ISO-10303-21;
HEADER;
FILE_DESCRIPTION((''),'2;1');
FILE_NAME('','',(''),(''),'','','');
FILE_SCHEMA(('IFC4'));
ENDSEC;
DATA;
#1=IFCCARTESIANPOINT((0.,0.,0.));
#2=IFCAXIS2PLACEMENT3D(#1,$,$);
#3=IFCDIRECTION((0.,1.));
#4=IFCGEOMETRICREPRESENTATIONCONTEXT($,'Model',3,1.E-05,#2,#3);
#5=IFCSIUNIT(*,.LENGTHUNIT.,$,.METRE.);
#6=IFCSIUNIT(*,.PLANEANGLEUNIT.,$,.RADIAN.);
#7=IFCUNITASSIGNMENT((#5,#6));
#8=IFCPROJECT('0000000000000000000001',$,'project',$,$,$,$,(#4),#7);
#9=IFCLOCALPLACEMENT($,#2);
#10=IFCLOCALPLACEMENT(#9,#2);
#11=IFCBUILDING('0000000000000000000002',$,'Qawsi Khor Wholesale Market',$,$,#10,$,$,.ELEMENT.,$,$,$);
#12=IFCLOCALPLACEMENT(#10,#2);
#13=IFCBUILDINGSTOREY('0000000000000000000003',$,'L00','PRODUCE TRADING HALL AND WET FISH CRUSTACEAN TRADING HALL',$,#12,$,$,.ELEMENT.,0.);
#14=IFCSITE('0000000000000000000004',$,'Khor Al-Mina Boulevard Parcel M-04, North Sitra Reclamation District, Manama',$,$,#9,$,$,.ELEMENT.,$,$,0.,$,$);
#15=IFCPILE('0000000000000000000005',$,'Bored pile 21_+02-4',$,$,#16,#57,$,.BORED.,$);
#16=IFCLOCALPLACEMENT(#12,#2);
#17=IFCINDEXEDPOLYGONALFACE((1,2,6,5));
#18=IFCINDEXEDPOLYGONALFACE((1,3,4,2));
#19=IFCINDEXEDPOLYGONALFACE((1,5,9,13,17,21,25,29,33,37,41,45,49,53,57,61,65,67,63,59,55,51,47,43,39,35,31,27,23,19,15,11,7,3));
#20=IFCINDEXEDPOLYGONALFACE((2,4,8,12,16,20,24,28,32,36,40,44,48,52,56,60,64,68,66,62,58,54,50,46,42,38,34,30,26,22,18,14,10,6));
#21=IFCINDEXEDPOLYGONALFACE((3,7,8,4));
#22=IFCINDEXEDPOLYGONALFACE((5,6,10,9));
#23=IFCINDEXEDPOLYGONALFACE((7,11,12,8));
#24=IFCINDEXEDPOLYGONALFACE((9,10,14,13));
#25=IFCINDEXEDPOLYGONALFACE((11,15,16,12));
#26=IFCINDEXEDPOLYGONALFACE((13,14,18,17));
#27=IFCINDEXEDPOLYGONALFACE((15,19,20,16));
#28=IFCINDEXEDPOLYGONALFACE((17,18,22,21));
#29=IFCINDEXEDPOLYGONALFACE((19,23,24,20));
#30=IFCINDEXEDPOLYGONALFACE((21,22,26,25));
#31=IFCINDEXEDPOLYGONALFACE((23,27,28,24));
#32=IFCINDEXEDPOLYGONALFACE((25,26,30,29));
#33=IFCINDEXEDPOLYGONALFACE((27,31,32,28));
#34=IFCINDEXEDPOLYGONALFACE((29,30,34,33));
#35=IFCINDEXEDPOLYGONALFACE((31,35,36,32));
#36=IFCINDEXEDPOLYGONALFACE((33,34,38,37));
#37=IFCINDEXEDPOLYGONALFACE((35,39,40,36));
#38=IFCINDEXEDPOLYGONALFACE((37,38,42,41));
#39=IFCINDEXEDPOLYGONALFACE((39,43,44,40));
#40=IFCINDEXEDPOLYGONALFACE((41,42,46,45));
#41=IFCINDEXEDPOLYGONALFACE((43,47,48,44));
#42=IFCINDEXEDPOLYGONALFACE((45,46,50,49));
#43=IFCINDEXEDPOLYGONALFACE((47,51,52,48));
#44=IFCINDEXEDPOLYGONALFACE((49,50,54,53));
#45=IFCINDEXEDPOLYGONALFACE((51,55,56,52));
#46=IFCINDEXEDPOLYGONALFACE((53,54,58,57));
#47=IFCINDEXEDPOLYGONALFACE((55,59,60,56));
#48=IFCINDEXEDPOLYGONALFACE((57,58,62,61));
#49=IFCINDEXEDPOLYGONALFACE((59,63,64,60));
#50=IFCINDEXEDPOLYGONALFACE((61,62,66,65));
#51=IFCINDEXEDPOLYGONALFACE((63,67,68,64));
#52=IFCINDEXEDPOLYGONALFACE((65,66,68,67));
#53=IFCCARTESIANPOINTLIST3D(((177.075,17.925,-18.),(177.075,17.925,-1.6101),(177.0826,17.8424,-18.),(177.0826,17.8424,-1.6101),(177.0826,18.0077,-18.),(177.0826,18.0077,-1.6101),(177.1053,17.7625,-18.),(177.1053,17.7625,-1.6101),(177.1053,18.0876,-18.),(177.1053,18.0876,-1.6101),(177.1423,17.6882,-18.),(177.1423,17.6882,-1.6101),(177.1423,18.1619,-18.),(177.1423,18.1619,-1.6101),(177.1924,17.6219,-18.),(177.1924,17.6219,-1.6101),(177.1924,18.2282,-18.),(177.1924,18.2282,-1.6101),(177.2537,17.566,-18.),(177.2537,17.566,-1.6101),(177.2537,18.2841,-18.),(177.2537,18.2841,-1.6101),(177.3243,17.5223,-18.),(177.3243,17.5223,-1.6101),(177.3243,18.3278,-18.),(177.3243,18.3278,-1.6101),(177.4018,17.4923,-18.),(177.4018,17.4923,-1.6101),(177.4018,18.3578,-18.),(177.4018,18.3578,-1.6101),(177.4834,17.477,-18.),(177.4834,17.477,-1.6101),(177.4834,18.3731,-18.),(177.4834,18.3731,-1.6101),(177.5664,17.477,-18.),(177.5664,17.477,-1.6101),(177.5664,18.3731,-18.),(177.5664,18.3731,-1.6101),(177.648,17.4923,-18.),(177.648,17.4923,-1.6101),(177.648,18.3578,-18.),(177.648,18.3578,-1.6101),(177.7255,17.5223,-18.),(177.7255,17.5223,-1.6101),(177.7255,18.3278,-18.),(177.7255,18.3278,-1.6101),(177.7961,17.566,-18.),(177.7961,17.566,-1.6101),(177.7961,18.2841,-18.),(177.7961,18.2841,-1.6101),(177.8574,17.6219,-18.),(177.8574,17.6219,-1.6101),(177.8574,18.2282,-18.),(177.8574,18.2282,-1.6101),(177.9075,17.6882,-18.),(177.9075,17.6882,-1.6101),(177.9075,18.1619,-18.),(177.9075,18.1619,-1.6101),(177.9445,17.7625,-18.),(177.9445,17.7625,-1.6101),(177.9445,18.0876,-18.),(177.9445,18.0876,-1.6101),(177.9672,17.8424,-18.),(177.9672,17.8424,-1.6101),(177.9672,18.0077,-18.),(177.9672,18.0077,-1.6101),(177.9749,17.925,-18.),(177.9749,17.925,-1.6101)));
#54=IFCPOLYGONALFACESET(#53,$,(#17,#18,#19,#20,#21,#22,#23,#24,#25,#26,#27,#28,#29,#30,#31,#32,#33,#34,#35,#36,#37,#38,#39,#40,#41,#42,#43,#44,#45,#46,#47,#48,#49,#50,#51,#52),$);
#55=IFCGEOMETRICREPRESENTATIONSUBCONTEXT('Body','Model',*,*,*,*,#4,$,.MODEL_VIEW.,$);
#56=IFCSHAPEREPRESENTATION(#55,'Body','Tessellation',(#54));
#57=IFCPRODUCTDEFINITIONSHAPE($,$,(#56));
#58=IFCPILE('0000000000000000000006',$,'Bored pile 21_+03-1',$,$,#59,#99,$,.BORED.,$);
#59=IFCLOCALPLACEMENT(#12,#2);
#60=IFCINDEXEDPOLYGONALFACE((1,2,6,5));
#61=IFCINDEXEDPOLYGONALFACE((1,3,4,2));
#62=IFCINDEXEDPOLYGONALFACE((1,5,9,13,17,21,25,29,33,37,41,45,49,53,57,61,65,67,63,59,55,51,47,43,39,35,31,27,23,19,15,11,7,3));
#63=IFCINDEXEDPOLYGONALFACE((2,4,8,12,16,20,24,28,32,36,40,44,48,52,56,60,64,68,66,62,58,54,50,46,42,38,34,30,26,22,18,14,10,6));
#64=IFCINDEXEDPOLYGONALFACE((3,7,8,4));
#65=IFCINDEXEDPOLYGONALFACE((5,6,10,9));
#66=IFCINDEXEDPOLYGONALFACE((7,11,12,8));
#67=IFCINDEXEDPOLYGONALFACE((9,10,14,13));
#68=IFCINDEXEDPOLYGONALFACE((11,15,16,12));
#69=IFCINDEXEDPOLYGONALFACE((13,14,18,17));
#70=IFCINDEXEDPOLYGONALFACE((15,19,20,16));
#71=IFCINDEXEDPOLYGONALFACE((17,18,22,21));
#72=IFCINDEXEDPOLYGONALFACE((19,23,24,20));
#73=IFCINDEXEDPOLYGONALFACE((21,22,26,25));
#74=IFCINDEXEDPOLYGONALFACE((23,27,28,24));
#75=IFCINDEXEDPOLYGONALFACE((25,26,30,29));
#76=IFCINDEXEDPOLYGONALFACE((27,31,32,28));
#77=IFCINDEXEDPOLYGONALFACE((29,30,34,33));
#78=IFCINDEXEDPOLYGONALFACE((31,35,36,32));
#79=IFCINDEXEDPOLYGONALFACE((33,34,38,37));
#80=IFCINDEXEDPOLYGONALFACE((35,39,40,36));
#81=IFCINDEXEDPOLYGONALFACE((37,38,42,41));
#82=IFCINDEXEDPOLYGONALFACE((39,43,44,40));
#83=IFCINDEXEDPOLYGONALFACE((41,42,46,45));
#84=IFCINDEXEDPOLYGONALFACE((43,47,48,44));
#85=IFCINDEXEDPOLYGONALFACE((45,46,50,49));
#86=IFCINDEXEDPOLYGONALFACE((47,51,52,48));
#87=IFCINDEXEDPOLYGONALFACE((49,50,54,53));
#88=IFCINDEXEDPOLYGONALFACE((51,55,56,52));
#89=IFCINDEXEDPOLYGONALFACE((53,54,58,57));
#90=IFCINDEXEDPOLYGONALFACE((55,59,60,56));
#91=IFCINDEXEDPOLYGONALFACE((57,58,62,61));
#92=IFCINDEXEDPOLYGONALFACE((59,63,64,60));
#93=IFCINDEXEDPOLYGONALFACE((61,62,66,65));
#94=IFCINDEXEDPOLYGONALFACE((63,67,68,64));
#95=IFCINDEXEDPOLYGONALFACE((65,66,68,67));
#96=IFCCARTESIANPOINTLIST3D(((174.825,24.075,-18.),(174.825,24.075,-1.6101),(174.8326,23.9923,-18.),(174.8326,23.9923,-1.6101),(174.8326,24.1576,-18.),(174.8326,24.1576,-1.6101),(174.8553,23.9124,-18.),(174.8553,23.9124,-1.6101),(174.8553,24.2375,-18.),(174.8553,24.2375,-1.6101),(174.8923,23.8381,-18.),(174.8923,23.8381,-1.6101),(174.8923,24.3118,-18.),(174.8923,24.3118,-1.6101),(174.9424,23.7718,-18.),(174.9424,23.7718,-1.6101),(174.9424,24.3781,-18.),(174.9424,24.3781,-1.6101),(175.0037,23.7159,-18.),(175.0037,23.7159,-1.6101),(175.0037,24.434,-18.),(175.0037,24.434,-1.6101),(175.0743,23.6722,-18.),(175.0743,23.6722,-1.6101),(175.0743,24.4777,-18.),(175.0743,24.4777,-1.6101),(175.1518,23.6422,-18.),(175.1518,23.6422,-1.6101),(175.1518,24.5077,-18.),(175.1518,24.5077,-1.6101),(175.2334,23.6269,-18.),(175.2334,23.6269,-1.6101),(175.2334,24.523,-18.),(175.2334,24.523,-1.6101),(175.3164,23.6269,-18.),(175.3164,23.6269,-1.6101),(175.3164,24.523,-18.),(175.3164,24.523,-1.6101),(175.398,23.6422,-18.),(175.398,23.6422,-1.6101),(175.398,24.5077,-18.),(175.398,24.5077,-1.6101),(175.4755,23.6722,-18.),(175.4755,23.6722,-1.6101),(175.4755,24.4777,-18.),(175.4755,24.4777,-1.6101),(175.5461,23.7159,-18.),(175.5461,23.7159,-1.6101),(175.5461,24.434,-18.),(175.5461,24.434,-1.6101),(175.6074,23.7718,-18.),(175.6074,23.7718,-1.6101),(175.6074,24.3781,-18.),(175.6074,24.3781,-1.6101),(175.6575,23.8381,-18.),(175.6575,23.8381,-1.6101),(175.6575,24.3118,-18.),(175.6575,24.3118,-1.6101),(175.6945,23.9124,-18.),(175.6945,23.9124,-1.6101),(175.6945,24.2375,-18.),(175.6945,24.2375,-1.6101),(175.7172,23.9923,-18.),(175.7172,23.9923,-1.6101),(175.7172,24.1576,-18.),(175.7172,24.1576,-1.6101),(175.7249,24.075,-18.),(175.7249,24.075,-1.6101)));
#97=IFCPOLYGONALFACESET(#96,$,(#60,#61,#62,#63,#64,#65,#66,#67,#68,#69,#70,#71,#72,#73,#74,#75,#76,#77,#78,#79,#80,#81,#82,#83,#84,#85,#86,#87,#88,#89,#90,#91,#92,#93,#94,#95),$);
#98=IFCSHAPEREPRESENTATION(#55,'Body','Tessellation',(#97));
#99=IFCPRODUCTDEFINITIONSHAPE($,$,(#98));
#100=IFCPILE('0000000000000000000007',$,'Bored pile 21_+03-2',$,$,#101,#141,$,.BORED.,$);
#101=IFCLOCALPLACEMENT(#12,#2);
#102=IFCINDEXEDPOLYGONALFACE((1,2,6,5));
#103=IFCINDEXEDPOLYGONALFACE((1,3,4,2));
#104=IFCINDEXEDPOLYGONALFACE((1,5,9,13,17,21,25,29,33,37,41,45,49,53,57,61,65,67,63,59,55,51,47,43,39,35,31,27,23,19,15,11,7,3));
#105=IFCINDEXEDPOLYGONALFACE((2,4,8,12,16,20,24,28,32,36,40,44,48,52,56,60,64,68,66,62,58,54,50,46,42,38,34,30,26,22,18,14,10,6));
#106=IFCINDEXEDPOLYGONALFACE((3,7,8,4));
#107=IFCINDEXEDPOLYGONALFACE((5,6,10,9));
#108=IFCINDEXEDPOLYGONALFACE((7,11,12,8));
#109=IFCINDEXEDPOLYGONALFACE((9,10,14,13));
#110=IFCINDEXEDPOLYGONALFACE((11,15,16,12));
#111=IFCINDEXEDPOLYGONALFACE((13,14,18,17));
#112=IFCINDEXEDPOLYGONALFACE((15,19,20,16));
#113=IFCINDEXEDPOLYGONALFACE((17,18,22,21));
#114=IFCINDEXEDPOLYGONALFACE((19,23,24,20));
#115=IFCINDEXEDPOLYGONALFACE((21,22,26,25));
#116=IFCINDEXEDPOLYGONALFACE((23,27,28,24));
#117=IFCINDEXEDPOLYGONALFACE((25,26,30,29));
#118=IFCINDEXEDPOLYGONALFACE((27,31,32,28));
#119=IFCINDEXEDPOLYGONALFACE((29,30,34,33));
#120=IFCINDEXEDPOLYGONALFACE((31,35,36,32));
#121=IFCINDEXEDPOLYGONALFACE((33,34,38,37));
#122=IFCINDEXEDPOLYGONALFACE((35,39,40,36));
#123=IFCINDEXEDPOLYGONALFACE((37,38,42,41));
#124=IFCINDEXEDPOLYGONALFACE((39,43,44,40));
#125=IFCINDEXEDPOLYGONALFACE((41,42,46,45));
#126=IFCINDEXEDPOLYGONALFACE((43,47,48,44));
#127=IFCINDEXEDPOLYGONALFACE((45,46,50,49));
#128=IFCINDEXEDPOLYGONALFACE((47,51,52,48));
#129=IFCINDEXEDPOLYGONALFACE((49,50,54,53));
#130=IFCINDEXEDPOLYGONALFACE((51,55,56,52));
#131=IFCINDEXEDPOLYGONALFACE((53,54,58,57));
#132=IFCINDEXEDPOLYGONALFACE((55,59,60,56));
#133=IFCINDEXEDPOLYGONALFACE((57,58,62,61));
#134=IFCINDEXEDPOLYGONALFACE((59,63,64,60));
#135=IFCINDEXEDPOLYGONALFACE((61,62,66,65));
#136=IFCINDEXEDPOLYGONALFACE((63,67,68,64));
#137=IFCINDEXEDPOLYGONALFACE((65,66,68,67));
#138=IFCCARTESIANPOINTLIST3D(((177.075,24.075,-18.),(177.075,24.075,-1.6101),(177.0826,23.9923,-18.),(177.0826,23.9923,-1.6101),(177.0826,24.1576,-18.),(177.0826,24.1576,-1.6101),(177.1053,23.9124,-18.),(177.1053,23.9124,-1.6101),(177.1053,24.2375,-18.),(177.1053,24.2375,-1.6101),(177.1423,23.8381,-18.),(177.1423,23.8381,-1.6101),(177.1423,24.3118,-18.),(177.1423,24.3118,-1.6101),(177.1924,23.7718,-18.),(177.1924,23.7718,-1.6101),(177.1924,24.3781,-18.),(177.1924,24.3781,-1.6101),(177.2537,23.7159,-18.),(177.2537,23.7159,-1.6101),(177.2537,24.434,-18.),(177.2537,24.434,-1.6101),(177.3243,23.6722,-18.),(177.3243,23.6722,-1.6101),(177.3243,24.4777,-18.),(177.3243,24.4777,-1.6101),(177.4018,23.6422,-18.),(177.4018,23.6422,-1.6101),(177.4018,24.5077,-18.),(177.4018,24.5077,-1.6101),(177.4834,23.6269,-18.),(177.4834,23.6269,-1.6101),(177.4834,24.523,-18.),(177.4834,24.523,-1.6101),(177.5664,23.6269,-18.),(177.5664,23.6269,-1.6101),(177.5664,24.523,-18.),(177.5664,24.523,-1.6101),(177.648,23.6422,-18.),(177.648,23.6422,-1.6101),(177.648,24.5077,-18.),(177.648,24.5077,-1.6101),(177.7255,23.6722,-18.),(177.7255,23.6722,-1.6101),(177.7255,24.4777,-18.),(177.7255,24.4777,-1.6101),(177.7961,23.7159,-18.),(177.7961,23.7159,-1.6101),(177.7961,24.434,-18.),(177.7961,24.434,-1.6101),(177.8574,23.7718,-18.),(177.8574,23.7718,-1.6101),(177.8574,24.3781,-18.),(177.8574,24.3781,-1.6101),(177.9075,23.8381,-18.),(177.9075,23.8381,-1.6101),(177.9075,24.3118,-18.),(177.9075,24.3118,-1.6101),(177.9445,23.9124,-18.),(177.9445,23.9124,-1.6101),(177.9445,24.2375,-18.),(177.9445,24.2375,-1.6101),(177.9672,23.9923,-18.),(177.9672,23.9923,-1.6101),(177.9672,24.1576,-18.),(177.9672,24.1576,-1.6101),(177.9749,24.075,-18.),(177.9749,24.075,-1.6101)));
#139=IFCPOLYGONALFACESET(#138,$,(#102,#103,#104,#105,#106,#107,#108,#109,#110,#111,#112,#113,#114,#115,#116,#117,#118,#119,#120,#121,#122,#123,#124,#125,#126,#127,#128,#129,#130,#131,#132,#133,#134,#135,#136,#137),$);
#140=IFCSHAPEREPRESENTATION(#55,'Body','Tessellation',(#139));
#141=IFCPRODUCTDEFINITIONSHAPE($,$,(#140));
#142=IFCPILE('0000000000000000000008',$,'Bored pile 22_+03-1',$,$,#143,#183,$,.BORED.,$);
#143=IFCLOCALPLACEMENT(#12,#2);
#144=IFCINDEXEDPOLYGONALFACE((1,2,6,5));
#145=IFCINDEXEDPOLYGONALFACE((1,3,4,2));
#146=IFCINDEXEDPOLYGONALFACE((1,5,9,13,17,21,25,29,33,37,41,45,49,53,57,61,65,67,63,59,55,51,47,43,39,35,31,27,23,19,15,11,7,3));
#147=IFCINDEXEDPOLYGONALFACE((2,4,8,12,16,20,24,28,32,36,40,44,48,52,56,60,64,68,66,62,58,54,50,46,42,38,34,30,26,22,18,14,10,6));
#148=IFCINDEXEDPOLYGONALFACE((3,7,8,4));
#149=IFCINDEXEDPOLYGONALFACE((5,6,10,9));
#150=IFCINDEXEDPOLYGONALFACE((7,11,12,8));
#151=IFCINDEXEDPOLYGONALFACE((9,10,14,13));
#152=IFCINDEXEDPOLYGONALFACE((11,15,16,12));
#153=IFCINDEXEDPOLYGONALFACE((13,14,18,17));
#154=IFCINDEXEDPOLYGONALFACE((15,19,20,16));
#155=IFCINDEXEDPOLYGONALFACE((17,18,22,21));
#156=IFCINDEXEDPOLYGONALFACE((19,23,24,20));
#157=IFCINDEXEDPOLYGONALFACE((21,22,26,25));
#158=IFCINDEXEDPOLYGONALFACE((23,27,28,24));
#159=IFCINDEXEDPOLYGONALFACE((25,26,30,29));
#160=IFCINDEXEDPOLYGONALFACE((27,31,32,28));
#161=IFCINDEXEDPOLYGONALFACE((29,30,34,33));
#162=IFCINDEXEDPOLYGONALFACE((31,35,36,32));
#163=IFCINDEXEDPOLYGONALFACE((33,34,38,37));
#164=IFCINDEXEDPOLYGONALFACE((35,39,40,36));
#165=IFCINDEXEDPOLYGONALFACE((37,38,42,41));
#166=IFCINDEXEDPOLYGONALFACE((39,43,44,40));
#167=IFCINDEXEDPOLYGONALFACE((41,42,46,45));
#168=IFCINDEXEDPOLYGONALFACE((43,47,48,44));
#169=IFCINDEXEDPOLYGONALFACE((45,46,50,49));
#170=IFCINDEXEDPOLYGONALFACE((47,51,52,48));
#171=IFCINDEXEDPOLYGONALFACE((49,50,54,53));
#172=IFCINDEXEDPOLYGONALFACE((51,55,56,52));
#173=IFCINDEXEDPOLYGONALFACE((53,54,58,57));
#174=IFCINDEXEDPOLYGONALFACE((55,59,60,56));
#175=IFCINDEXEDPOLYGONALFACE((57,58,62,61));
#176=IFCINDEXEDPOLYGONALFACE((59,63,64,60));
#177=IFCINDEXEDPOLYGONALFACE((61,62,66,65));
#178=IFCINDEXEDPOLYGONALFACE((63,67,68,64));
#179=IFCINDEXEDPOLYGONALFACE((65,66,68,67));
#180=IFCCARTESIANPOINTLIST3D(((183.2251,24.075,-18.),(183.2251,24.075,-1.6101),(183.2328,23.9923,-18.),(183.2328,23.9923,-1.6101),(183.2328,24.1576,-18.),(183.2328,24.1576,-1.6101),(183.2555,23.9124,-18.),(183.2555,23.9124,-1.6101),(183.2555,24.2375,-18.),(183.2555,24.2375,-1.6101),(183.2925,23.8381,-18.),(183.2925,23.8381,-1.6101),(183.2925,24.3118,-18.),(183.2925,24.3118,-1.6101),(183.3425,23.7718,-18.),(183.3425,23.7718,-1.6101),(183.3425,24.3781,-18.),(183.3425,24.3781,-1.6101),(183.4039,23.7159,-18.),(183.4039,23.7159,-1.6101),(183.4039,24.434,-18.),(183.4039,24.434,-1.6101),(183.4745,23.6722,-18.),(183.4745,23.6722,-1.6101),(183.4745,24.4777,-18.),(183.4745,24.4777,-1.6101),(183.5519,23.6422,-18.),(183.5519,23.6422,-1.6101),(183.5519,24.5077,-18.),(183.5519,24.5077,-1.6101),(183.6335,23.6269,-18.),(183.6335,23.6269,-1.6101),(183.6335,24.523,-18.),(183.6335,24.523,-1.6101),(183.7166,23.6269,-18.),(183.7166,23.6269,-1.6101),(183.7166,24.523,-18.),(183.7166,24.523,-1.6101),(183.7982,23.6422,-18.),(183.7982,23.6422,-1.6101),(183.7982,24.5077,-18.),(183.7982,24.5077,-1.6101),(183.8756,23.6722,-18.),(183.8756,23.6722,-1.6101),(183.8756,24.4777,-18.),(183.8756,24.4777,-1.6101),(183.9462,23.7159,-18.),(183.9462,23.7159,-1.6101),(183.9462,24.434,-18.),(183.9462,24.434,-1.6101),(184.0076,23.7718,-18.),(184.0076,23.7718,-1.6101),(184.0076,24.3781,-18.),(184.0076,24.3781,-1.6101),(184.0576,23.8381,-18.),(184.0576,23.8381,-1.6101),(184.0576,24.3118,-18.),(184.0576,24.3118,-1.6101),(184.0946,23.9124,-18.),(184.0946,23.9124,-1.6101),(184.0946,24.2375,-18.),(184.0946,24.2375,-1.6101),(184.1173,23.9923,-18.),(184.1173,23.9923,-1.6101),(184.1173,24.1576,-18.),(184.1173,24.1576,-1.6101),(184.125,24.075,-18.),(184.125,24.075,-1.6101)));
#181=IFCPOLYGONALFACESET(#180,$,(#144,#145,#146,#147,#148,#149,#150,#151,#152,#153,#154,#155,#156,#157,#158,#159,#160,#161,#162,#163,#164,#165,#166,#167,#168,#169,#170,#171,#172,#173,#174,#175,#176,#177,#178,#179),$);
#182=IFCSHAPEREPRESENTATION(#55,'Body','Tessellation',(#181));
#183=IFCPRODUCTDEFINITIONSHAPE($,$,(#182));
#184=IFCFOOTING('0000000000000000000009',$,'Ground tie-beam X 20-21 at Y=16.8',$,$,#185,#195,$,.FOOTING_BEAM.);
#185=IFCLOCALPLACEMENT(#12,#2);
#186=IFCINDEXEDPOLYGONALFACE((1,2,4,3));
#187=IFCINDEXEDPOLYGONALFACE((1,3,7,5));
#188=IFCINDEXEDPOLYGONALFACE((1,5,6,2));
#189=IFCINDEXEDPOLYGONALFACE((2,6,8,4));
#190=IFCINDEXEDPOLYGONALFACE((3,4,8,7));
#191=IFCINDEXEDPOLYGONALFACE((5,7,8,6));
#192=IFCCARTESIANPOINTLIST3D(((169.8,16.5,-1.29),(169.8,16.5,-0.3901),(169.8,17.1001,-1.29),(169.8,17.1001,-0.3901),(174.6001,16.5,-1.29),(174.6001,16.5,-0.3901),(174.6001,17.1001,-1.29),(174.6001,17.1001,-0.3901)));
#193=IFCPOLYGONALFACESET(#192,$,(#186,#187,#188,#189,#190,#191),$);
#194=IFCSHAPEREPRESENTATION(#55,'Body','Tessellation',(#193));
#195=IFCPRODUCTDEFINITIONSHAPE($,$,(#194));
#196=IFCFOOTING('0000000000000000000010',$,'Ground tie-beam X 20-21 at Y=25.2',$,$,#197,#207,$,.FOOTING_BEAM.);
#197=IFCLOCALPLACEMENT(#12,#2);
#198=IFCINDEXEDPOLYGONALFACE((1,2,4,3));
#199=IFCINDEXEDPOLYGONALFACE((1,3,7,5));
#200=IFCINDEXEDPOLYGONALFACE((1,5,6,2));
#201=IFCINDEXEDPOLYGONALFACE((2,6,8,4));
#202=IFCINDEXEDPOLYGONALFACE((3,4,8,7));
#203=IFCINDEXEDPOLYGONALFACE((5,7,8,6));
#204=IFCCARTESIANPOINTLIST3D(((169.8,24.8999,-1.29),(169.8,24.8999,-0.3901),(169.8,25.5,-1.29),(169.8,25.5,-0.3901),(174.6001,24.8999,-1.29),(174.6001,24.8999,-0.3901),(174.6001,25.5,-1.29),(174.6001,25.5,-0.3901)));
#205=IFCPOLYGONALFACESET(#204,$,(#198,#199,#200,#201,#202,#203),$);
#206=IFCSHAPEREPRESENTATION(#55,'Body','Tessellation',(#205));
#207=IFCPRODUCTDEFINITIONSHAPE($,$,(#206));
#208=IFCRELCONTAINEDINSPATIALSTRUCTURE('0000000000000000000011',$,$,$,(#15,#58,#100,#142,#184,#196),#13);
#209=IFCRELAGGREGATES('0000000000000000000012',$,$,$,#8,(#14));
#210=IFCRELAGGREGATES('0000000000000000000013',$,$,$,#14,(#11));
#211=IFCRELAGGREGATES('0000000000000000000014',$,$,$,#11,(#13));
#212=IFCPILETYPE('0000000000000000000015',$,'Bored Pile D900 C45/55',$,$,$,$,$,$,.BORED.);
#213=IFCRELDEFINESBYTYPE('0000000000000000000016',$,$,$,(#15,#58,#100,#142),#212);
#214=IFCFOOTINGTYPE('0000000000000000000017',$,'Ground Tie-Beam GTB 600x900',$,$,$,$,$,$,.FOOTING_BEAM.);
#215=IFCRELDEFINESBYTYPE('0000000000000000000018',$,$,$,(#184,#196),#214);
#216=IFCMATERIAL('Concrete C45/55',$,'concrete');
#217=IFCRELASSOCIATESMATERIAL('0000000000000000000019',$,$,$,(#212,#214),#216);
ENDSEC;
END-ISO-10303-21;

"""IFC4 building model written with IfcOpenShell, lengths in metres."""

from ifc_helpers import new_model, si_unit, direction, frame, origin, origin_2d, place, context, subcontext, project, spatial, rectangle, circle, extrude, material, material_profile, profile_set, type_object, element, save


model = new_model("IFC4")

# Units and contexts
model_context = context("Model", 3, precision=1e-05, world=origin(), true_north=direction((0.0, 1.0)))
body_context = subcontext(model_context, "Body", "Model", "MODEL_VIEW")
ifc_project = project(units=[si_unit("LENGTHUNIT", "METRE"), si_unit("PLANEANGLEUNIT", "RADIAN")], contexts=[model_context])

# Site, building, storey
site_placement = place(None, origin())
site = spatial("IfcSite", under=ifc_project, at=site_placement, Name="Khor Al-Mina Boulevard Parcel M-04, North Sitra Reclamation District, Manama", CompositionType="ELEMENT", RefElevation=0.0)
building_placement = place(site_placement, origin())
building = spatial("IfcBuilding", under=site, at=building_placement, Name="Qawsi Khor Wholesale Market", CompositionType="ELEMENT")
storey_placement = place(building_placement, origin())
storey = spatial("IfcBuildingStorey", under=building, at=storey_placement, Name="L00", Description="PRODUCE TRADING HALL AND WET FISH CRUSTACEAN TRADING HALL", CompositionType="ELEMENT", Elevation=0.0)

# Piles
ifc_material_1 = material(Name="Concrete C45/55", Category="concrete")
ifc_material_profile_1 = material_profile(ifc_material_1, circle(Radius=0.45, at=origin_2d()), Name="PILE D900")
ifc_profile_set_1 = profile_set([ifc_material_profile_1], Name="Concrete C45/55")
pile_type = type_object("IfcPileType", Name="Bored Pile D900 C45/55", PredefinedType="BORED", material=ifc_profile_set_1)
for number, where, z_axis, x_axis, name in (
    (1, (177.5249, 17.925, -1.6101), (0.0, 0.0, -1.0), (1.0, 0.0, 0.0), "Bored pile 21_+02-4"),
    (2, (175.2749, 24.075, -1.6101), (0.0, 0.0, -1.0), (1.0, 0.0, 0.0), "Bored pile 21_+03-1"),
    (3, (177.5249, 24.075, -1.6101), (0.0, 0.0, -1.0), (1.0, 0.0, 0.0), "Bored pile 21_+03-2"),
    (4, (183.675, 24.075, -1.6101), (0.0, 0.0, -1.0), (1.0, 0.0, 0.0), "Bored pile 22_+03-1"),
):
    element("IfcPile", number, at=place(storey_placement, frame(where, z_axis=z_axis, x_axis=x_axis)), inside=storey, type_object=pile_type, Name=name, PredefinedType="BORED", context=body_context, shape_type="SweptSolid", body=[
        extrude(circle(Radius=0.45, at=origin_2d()), origin(), (0.0, 0.0, 1.0), 16.3899),
    ])

# Footings
ifc_material_profile_2 = material_profile(ifc_material_1, rectangle(XDim=0.6001, YDim=0.8999, at=origin_2d()), Name="RC 600x900")
ifc_profile_set_2 = profile_set([ifc_material_profile_2], Name="Concrete C45/55")
footing_type_1 = type_object("IfcFootingType", Name="Ground Tie-Beam GTB 600x900", PredefinedType="FOOTING_BEAM", material=ifc_profile_set_2)
for number, where, z_axis, x_axis, name in (
    (5, (169.8, 16.8, -0.8401), (1.0, 0.0, 0.0), (0.0, 1.0, 0.0), "Ground tie-beam X 20-21 at Y=16.8"),
    (6, (169.8, 25.2, -0.8401), (1.0, 0.0, 0.0), (0.0, 1.0, 0.0), "Ground tie-beam X 20-21 at Y=25.2"),
):
    element("IfcFooting", number, at=place(storey_placement, frame(where, z_axis=z_axis, x_axis=x_axis)), inside=storey, type_object=footing_type_1, Name=name, PredefinedType="FOOTING_BEAM", context=body_context, shape_type="SweptSolid", body=[
        extrude(rectangle(XDim=0.6001, YDim=0.8999, at=origin_2d()), origin(), (0.0, 0.0, 1.0), 4.8),
    ])

save(model, "model.ifc")
